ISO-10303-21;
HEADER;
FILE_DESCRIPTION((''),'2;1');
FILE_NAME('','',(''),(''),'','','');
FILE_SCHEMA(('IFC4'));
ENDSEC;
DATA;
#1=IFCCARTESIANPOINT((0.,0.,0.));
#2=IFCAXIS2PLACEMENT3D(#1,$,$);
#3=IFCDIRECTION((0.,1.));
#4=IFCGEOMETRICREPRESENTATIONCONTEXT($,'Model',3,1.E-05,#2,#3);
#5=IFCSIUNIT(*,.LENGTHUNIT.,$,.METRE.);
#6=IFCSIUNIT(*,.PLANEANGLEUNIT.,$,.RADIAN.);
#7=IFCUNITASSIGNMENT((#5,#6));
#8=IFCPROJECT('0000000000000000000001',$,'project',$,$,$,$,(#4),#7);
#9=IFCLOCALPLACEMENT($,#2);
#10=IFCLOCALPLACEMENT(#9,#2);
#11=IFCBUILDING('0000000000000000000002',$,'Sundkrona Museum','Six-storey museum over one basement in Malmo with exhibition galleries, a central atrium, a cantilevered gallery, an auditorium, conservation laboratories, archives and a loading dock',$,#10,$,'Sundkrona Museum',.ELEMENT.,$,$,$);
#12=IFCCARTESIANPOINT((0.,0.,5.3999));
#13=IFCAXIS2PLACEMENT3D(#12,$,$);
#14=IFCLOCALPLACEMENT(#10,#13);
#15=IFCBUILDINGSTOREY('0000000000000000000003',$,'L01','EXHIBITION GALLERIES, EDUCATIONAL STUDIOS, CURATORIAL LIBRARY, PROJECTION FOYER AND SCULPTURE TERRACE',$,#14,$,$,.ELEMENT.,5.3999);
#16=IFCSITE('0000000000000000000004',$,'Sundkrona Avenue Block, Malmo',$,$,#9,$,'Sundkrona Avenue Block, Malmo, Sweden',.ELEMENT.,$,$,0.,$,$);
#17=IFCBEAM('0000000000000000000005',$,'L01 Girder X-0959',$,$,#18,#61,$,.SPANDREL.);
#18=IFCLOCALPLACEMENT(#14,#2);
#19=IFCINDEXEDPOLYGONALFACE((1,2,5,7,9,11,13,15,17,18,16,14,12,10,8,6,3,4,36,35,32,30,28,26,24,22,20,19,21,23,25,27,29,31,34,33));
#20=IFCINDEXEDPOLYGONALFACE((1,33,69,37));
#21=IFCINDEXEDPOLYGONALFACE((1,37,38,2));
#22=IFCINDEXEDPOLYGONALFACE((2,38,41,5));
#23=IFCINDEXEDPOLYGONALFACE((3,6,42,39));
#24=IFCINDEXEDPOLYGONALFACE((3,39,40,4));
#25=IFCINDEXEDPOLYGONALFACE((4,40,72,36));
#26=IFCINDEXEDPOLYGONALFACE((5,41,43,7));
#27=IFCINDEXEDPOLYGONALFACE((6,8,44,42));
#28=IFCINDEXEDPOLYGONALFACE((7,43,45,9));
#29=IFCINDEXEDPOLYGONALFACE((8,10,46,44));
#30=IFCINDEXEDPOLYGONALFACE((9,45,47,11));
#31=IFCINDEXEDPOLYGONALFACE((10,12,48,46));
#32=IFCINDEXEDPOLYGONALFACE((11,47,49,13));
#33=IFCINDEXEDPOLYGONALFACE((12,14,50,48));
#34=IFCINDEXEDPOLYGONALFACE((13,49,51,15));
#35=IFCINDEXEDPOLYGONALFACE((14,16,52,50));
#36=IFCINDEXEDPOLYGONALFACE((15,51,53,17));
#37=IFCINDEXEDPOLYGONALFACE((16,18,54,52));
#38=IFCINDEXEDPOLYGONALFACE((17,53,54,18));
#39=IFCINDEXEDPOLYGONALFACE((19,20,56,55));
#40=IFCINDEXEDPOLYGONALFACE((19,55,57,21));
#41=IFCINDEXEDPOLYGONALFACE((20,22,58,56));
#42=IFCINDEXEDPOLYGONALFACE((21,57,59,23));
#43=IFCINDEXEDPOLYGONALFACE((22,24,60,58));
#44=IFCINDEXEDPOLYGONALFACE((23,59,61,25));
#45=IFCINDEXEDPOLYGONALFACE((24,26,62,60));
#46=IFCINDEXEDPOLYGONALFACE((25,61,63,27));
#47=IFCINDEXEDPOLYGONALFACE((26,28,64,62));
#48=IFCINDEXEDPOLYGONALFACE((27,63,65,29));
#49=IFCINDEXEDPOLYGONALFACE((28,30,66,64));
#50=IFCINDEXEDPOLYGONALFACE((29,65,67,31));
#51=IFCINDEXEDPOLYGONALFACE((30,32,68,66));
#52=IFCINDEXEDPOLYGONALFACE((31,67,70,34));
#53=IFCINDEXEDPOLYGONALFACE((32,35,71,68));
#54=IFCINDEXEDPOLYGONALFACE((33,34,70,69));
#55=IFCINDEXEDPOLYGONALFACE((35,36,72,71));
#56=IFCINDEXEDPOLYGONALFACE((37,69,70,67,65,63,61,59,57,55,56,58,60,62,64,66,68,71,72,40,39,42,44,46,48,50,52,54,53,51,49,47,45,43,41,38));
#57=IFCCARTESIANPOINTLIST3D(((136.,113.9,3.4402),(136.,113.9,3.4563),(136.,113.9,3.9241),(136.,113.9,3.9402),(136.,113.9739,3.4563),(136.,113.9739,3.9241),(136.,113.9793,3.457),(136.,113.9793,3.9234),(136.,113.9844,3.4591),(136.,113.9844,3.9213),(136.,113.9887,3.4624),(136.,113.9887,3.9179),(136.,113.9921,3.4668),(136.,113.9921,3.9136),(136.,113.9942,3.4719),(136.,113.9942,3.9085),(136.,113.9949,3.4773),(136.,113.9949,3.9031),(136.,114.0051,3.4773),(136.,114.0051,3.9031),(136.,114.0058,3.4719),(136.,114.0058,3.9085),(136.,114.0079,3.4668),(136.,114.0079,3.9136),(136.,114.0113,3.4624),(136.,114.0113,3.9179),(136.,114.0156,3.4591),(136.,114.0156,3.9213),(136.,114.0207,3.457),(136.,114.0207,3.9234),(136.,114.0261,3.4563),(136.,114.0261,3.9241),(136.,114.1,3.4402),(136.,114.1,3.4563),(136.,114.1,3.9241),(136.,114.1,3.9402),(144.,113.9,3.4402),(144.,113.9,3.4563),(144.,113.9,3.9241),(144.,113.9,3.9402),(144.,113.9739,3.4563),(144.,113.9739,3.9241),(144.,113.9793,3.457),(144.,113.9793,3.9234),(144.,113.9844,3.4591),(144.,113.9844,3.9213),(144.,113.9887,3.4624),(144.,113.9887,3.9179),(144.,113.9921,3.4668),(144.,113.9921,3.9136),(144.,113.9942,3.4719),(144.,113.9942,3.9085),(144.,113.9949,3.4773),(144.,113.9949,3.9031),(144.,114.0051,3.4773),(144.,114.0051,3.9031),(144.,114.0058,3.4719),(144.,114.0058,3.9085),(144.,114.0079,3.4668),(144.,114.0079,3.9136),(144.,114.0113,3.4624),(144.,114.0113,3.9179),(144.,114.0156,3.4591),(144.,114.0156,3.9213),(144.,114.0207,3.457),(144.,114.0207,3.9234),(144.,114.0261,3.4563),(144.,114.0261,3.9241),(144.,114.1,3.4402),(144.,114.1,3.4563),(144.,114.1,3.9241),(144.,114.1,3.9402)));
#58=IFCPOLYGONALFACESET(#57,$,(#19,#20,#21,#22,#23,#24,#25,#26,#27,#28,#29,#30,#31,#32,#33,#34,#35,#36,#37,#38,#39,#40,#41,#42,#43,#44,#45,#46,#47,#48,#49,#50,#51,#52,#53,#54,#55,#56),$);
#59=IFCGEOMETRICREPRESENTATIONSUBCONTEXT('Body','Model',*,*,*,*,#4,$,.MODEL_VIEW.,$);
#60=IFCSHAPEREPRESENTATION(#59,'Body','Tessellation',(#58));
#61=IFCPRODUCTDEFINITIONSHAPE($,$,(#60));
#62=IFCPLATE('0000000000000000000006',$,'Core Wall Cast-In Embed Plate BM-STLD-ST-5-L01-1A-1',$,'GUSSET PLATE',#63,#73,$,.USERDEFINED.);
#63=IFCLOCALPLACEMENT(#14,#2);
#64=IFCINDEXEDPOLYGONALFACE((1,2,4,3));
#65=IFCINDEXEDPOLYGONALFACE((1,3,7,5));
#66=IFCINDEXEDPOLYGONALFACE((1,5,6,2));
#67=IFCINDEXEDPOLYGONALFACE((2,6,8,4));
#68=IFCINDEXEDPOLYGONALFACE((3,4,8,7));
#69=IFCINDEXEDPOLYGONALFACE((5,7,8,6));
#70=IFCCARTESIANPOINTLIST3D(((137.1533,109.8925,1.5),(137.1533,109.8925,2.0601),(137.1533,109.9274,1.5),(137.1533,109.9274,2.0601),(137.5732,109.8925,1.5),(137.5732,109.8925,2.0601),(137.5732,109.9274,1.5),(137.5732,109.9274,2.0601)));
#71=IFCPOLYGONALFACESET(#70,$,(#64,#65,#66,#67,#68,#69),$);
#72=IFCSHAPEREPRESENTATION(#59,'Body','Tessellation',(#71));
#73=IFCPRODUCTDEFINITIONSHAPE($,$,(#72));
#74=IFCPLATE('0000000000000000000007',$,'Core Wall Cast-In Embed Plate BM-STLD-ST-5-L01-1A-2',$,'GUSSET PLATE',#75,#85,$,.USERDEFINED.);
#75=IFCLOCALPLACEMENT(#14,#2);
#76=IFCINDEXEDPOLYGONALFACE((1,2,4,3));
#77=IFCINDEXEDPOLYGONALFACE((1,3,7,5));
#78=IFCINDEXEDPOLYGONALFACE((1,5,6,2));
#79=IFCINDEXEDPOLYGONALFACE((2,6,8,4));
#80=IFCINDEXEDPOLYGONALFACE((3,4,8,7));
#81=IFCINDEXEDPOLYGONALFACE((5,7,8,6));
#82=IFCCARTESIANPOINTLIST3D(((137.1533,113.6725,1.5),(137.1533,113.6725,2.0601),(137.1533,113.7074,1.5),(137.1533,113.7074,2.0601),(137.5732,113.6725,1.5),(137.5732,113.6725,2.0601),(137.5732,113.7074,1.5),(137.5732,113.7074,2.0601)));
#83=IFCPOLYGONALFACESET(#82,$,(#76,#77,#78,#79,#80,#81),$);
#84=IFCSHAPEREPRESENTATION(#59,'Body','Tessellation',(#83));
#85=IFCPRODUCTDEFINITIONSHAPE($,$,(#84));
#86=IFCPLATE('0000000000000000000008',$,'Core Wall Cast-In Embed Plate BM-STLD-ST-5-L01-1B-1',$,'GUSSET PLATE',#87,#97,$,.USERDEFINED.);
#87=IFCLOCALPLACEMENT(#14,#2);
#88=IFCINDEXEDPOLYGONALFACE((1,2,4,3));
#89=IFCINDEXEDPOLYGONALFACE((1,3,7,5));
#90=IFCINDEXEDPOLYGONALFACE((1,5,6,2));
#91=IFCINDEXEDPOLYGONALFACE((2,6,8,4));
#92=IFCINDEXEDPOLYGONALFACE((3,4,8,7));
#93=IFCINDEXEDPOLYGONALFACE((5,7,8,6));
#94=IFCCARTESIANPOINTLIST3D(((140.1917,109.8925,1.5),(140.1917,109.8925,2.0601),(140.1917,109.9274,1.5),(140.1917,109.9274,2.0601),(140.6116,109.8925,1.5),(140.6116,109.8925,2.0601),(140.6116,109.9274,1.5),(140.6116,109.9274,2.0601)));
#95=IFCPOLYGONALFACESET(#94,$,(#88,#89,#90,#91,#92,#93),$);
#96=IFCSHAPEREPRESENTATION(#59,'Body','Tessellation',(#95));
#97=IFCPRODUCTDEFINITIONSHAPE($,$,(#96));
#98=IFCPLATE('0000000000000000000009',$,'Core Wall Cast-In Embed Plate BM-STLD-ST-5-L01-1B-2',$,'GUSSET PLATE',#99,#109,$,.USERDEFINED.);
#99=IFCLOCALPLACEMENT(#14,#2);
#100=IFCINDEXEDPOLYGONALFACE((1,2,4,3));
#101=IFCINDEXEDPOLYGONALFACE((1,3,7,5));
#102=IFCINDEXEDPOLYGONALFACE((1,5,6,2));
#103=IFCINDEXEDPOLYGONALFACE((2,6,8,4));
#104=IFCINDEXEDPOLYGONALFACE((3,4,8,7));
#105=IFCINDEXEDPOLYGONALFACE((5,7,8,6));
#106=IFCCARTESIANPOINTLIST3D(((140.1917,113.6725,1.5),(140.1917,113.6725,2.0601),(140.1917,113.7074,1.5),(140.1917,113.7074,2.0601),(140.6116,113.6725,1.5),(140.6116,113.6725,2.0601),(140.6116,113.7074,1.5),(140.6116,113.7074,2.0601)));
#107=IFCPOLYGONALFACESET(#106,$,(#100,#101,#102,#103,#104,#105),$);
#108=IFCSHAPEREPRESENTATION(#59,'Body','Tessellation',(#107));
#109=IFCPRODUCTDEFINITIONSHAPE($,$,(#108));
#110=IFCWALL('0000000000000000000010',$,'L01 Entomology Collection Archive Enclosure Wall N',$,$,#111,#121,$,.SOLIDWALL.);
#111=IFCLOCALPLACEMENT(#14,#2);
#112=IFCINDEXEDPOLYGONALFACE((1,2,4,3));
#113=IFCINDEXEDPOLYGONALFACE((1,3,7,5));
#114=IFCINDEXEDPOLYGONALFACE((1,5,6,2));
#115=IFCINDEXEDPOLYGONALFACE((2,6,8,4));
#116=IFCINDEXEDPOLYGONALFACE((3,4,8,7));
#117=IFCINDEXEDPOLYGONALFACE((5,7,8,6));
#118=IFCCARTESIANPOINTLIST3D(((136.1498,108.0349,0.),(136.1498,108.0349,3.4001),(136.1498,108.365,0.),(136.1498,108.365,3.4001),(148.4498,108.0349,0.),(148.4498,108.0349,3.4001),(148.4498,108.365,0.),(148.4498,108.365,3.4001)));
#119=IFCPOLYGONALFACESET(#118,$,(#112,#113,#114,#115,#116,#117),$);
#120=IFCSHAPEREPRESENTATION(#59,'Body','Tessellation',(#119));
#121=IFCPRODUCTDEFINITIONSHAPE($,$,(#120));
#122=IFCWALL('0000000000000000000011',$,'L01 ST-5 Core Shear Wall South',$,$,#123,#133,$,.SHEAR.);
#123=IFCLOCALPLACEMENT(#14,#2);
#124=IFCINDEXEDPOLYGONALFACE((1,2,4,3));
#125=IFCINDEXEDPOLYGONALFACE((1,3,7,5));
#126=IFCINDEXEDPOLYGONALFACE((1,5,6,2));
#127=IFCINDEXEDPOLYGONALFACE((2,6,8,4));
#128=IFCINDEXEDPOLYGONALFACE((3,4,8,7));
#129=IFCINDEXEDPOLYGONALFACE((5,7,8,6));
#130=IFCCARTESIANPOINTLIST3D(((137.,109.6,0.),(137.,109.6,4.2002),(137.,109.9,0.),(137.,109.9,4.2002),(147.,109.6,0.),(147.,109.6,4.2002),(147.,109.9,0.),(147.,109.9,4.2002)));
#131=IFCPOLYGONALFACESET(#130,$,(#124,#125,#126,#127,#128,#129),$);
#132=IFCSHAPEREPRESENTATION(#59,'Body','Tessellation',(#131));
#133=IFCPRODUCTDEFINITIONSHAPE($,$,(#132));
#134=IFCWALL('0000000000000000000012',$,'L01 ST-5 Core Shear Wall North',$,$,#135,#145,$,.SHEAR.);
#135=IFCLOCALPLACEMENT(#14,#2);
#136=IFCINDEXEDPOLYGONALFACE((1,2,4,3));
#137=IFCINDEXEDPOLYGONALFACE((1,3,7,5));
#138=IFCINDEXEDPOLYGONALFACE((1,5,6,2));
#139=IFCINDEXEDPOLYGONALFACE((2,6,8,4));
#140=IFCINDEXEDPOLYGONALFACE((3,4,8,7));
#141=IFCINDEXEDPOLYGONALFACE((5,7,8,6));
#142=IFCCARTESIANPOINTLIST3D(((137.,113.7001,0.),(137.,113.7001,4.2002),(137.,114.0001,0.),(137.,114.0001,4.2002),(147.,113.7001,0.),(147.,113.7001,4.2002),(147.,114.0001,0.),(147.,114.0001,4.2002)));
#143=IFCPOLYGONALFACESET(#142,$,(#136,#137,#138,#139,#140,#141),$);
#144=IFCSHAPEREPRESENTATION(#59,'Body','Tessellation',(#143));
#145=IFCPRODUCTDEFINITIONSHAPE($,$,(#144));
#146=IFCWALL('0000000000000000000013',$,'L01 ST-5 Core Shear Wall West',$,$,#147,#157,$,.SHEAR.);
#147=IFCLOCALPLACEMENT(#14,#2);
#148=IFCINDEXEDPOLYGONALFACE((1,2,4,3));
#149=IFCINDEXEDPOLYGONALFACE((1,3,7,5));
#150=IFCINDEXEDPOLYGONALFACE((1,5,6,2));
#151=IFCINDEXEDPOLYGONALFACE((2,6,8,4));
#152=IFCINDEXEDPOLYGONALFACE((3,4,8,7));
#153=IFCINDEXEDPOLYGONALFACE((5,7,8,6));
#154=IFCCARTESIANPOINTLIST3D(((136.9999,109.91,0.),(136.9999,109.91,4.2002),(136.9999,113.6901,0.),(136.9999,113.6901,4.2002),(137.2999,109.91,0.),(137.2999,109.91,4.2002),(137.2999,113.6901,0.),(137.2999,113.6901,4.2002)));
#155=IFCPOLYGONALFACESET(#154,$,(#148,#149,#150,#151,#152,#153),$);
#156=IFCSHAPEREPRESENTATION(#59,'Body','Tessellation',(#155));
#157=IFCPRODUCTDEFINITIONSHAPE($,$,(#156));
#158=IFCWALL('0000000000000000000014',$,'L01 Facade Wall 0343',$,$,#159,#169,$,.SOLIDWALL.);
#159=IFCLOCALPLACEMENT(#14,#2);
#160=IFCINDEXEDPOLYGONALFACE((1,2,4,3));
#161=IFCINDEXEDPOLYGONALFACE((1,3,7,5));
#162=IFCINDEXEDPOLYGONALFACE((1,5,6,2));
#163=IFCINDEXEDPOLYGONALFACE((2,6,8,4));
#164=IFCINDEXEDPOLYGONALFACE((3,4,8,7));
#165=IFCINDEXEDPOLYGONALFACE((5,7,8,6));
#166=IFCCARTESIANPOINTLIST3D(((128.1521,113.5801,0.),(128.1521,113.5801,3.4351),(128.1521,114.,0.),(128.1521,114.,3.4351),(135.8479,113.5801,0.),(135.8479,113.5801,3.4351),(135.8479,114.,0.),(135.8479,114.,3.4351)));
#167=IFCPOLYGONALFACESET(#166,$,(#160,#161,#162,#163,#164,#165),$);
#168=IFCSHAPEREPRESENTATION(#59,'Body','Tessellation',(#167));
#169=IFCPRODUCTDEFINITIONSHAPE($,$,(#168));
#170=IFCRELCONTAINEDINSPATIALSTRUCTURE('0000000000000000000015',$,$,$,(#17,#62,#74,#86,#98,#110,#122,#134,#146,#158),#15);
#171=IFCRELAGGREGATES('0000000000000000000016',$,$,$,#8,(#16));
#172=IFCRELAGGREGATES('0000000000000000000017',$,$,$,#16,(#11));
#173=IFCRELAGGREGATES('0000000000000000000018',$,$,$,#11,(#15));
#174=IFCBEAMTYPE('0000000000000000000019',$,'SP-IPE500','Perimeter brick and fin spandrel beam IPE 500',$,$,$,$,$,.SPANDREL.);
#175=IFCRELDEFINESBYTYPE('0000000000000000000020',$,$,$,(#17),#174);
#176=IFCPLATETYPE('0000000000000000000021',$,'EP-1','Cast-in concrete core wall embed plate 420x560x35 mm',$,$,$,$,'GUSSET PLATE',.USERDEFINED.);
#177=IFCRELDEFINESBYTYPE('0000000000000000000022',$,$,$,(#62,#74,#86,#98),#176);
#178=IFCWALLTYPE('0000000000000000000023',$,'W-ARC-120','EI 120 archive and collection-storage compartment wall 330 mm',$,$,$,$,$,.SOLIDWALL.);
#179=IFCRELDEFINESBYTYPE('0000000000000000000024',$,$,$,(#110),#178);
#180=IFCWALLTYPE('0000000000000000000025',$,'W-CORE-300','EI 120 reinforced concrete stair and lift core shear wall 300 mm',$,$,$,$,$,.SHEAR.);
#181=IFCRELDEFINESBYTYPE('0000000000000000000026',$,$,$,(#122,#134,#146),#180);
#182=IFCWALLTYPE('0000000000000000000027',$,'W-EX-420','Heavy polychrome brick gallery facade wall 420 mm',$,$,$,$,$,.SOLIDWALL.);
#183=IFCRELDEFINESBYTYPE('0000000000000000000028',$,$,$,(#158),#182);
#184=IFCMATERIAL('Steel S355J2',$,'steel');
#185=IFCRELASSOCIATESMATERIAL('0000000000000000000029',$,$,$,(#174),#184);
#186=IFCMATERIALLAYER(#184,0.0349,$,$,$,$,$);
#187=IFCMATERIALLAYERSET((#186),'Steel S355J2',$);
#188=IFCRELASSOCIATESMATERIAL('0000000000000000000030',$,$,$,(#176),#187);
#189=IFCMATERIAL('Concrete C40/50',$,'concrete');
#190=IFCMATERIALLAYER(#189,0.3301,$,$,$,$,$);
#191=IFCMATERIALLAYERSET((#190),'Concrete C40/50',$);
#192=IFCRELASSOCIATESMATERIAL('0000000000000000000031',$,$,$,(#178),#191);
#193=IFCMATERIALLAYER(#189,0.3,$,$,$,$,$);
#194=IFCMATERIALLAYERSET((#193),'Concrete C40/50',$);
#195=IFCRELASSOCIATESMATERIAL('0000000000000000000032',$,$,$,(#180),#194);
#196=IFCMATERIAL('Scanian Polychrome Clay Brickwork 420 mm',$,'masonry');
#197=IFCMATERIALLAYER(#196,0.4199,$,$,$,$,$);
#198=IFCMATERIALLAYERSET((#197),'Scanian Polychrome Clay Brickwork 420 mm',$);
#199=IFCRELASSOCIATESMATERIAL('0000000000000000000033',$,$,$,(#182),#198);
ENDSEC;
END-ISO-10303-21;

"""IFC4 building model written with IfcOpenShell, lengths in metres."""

from ifc_helpers import new_model, si_unit, direction, frame, frame_2d, origin, origin_2d, place, context, subcontext, project, spatial, rectangle, i_section, extrude, material, layer, layer_set, material_profile, profile_set, type_object, element, save


model = new_model("IFC4")

# Units and contexts
model_context = context("Model", 3, precision=1e-05, world=origin(), true_north=direction((0.0, 1.0)))
body_context = subcontext(model_context, "Body", "Model", "MODEL_VIEW")
ifc_project = project(units=[si_unit("LENGTHUNIT", "METRE"), si_unit("PLANEANGLEUNIT", "RADIAN")], contexts=[model_context])

# Site, building, storey
site_placement = place(None, origin())
site = spatial("IfcSite", under=ifc_project, at=site_placement, Name="Sundkrona Avenue Block, Malmo", LongName="Sundkrona Avenue Block, Malmo, Sweden", CompositionType="ELEMENT", RefElevation=0.0)
building_placement = place(site_placement, origin())
building = spatial("IfcBuilding", under=site, at=building_placement, Name="Sundkrona Museum", Description="Six-storey museum over one basement in Malmo with exhibition galleries, a central atrium, a cantilevered gallery, an auditorium, conservation laboratories, archives and a loading dock", LongName="Sundkrona Museum", CompositionType="ELEMENT")
storey_placement = place(building_placement, frame((0.0, 0.0, 5.3999)))
storey = spatial("IfcBuildingStorey", under=building, at=storey_placement, Name="L01", Description="EXHIBITION GALLERIES, EDUCATIONAL STUDIOS, CURATORIAL LIBRARY, PROJECTION FOYER AND SCULPTURE TERRACE", CompositionType="ELEMENT", Elevation=5.3999)

# Shared definitions
ifc_material_1 = material(Name="Steel S355J2", Category="steel")

# Beam
ifc_material_profile_1 = material_profile(ifc_material_1, i_section(OverallWidth=0.2, OverallDepth=0.5, WebThickness=0.0103, FlangeThickness=0.0161, FilletRadius=0.021, at=origin_2d()), Name="IPE 500")
ifc_profile_set_1 = profile_set([ifc_material_profile_1], Name="Steel S355J2")
beam_type_1 = type_object("IfcBeamType", Name="SP-IPE500", Description="Perimeter brick and fin spandrel beam IPE 500", PredefinedType="SPANDREL", material=ifc_profile_set_1)
for number, where, z_axis, x_axis, name in (
    (1, (136.0, 114.0, 3.6902), (1.0, 0.0, 0.0), (0.0, 1.0, 0.0), "L01 Girder X-0959"),
):
    element("IfcBeam", number, at=place(storey_placement, frame(where, z_axis=z_axis, x_axis=x_axis)), inside=storey, type_object=beam_type_1, Name=name, PredefinedType="SPANDREL", context=body_context, shape_type="SweptSolid", body=[
        extrude(i_section(OverallWidth=0.2, OverallDepth=0.5, WebThickness=0.0103, FlangeThickness=0.0161, FilletRadius=0.021, at=origin_2d()), origin(), (0.0, 0.0, 1.0), 8.0),
    ])

# Plates
ifc_layer_1 = layer(ifc_material_1, 0.0349)
ifc_layer_set_1 = layer_set([ifc_layer_1], Name="Steel S355J2")
plate_type = type_object("IfcPlateType", Name="EP-1", Description="Cast-in concrete core wall embed plate 420x560x35 mm", ElementType="GUSSET PLATE", PredefinedType="USERDEFINED", material=ifc_layer_set_1)
for number, where, z_axis, x_axis, name in (
    (2, (137.3633, 109.9099, 1.5), (0.0, 0.0, 1.0), (1.0, 0.0, 0.0), "Core Wall Cast-In Embed Plate BM-STLD-ST-5-L01-1A-1"),
    (3, (137.3633, 113.6899, 1.5), (0.0, 0.0, 1.0), (1.0, 0.0, 0.0), "Core Wall Cast-In Embed Plate BM-STLD-ST-5-L01-1A-2"),
    (4, (140.4016, 109.9099, 1.5), (0.0, 0.0, 1.0), (1.0, 0.0, 0.0), "Core Wall Cast-In Embed Plate BM-STLD-ST-5-L01-1B-1"),
    (5, (140.4016, 113.6899, 1.5), (0.0, 0.0, 1.0), (1.0, 0.0, 0.0), "Core Wall Cast-In Embed Plate BM-STLD-ST-5-L01-1B-2"),
):
    element("IfcPlate", number, at=place(storey_placement, frame(where, z_axis=z_axis, x_axis=x_axis)), inside=storey, type_object=plate_type, Name=name, ObjectType="GUSSET PLATE", PredefinedType="USERDEFINED", context=body_context, shape_type="SweptSolid", body=[
        extrude(rectangle(XDim=0.4199, YDim=0.0349, at=origin_2d()), origin(), (0.0, 0.0, 1.0), 0.5601),
    ])

# Walls
ifc_material_2 = material(Name="Concrete C40/50", Category="concrete")
ifc_layer_2 = layer(ifc_material_2, 0.3301)
ifc_layer_set_2 = layer_set([ifc_layer_2], Name="Concrete C40/50")
wall_type_1 = type_object("IfcWallType", Name="W-ARC-120", Description="EI 120 archive and collection-storage compartment wall 330 mm", PredefinedType="SOLIDWALL", material=ifc_layer_set_2)
wall_1_placement = place(storey_placement, frame((136.1499, 108.2, 0.0), z_axis=(0.0, 0.0, 1.0), x_axis=(1.0, 0.0, 0.0)))
element("IfcWall", 6, at=wall_1_placement, inside=storey, type_object=wall_type_1, Name="L01 Entomology Collection Archive Enclosure Wall N", PredefinedType="SOLIDWALL", context=body_context, shape_type="SweptSolid", body=[
    extrude(rectangle(XDim=12.3, YDim=0.3301, at=frame_2d((6.1499, 0.0))), origin(), (0.0, 0.0, 1.0), 3.4001),
])
ifc_layer_3 = layer(ifc_material_2, 0.3)
ifc_layer_set_3 = layer_set([ifc_layer_3], Name="Concrete C40/50")
wall_type_2 = type_object("IfcWallType", Name="W-CORE-300", Description="EI 120 reinforced concrete stair and lift core shear wall 300 mm", PredefinedType="SHEAR", material=ifc_layer_set_3)
for number, where, z_axis, x_axis, name in (
    (7, (137.0, 109.75, 0.0), (0.0, 0.0, 1.0), (1.0, 0.0, 0.0), "L01 ST-5 Core Shear Wall South"),
    (8, (137.0, 113.8501, 0.0), (0.0, 0.0, 1.0), (1.0, 0.0, 0.0), "L01 ST-5 Core Shear Wall North"),
):
    element("IfcWall", number, at=place(storey_placement, frame(where, z_axis=z_axis, x_axis=x_axis)), inside=storey, type_object=wall_type_2, Name=name, PredefinedType="SHEAR", context=body_context, shape_type="SweptSolid", body=[
        extrude(rectangle(XDim=10.0, YDim=0.3, at=frame_2d((5.0, 0.0))), origin(), (0.0, 0.0, 1.0), 4.2002),
    ])
wall_2_placement = place(storey_placement, frame((137.1499, 109.9099, 0.0), z_axis=(0.0, 0.0, 1.0), x_axis=(0.0, 1.0, 0.0)))
element("IfcWall", 9, at=wall_2_placement, inside=storey, type_object=wall_type_2, Name="L01 ST-5 Core Shear Wall West", PredefinedType="SHEAR", context=body_context, shape_type="SweptSolid", body=[
    extrude(rectangle(XDim=3.78, YDim=0.3, at=frame_2d((1.8901, 0.0))), origin(), (0.0, 0.0, 1.0), 4.2002),
])
ifc_material_3 = material(Name="Scanian Polychrome Clay Brickwork 420 mm", Category="masonry")
ifc_layer_4 = layer(ifc_material_3, 0.4199)
ifc_layer_set_4 = layer_set([ifc_layer_4], Name="Scanian Polychrome Clay Brickwork 420 mm")
wall_type_3 = type_object("IfcWallType", Name="W-EX-420", Description="Heavy polychrome brick gallery facade wall 420 mm", PredefinedType="SOLIDWALL", material=ifc_layer_set_4)
wall_3_placement = place(storey_placement, frame((128.1521, 113.79, 0.0), z_axis=(0.0, 0.0, 1.0), x_axis=(1.0, 0.0, 0.0)))
element("IfcWall", 10, at=wall_3_placement, inside=storey, type_object=wall_type_3, Name="L01 Facade Wall 0343", PredefinedType="SOLIDWALL", context=body_context, shape_type="SweptSolid", body=[
    extrude(rectangle(XDim=7.6958, YDim=0.4199, at=frame_2d((3.8479, 0.0))), origin(), (0.0, 0.0, 1.0), 3.4351),
])

save(model, "model.ifc")
